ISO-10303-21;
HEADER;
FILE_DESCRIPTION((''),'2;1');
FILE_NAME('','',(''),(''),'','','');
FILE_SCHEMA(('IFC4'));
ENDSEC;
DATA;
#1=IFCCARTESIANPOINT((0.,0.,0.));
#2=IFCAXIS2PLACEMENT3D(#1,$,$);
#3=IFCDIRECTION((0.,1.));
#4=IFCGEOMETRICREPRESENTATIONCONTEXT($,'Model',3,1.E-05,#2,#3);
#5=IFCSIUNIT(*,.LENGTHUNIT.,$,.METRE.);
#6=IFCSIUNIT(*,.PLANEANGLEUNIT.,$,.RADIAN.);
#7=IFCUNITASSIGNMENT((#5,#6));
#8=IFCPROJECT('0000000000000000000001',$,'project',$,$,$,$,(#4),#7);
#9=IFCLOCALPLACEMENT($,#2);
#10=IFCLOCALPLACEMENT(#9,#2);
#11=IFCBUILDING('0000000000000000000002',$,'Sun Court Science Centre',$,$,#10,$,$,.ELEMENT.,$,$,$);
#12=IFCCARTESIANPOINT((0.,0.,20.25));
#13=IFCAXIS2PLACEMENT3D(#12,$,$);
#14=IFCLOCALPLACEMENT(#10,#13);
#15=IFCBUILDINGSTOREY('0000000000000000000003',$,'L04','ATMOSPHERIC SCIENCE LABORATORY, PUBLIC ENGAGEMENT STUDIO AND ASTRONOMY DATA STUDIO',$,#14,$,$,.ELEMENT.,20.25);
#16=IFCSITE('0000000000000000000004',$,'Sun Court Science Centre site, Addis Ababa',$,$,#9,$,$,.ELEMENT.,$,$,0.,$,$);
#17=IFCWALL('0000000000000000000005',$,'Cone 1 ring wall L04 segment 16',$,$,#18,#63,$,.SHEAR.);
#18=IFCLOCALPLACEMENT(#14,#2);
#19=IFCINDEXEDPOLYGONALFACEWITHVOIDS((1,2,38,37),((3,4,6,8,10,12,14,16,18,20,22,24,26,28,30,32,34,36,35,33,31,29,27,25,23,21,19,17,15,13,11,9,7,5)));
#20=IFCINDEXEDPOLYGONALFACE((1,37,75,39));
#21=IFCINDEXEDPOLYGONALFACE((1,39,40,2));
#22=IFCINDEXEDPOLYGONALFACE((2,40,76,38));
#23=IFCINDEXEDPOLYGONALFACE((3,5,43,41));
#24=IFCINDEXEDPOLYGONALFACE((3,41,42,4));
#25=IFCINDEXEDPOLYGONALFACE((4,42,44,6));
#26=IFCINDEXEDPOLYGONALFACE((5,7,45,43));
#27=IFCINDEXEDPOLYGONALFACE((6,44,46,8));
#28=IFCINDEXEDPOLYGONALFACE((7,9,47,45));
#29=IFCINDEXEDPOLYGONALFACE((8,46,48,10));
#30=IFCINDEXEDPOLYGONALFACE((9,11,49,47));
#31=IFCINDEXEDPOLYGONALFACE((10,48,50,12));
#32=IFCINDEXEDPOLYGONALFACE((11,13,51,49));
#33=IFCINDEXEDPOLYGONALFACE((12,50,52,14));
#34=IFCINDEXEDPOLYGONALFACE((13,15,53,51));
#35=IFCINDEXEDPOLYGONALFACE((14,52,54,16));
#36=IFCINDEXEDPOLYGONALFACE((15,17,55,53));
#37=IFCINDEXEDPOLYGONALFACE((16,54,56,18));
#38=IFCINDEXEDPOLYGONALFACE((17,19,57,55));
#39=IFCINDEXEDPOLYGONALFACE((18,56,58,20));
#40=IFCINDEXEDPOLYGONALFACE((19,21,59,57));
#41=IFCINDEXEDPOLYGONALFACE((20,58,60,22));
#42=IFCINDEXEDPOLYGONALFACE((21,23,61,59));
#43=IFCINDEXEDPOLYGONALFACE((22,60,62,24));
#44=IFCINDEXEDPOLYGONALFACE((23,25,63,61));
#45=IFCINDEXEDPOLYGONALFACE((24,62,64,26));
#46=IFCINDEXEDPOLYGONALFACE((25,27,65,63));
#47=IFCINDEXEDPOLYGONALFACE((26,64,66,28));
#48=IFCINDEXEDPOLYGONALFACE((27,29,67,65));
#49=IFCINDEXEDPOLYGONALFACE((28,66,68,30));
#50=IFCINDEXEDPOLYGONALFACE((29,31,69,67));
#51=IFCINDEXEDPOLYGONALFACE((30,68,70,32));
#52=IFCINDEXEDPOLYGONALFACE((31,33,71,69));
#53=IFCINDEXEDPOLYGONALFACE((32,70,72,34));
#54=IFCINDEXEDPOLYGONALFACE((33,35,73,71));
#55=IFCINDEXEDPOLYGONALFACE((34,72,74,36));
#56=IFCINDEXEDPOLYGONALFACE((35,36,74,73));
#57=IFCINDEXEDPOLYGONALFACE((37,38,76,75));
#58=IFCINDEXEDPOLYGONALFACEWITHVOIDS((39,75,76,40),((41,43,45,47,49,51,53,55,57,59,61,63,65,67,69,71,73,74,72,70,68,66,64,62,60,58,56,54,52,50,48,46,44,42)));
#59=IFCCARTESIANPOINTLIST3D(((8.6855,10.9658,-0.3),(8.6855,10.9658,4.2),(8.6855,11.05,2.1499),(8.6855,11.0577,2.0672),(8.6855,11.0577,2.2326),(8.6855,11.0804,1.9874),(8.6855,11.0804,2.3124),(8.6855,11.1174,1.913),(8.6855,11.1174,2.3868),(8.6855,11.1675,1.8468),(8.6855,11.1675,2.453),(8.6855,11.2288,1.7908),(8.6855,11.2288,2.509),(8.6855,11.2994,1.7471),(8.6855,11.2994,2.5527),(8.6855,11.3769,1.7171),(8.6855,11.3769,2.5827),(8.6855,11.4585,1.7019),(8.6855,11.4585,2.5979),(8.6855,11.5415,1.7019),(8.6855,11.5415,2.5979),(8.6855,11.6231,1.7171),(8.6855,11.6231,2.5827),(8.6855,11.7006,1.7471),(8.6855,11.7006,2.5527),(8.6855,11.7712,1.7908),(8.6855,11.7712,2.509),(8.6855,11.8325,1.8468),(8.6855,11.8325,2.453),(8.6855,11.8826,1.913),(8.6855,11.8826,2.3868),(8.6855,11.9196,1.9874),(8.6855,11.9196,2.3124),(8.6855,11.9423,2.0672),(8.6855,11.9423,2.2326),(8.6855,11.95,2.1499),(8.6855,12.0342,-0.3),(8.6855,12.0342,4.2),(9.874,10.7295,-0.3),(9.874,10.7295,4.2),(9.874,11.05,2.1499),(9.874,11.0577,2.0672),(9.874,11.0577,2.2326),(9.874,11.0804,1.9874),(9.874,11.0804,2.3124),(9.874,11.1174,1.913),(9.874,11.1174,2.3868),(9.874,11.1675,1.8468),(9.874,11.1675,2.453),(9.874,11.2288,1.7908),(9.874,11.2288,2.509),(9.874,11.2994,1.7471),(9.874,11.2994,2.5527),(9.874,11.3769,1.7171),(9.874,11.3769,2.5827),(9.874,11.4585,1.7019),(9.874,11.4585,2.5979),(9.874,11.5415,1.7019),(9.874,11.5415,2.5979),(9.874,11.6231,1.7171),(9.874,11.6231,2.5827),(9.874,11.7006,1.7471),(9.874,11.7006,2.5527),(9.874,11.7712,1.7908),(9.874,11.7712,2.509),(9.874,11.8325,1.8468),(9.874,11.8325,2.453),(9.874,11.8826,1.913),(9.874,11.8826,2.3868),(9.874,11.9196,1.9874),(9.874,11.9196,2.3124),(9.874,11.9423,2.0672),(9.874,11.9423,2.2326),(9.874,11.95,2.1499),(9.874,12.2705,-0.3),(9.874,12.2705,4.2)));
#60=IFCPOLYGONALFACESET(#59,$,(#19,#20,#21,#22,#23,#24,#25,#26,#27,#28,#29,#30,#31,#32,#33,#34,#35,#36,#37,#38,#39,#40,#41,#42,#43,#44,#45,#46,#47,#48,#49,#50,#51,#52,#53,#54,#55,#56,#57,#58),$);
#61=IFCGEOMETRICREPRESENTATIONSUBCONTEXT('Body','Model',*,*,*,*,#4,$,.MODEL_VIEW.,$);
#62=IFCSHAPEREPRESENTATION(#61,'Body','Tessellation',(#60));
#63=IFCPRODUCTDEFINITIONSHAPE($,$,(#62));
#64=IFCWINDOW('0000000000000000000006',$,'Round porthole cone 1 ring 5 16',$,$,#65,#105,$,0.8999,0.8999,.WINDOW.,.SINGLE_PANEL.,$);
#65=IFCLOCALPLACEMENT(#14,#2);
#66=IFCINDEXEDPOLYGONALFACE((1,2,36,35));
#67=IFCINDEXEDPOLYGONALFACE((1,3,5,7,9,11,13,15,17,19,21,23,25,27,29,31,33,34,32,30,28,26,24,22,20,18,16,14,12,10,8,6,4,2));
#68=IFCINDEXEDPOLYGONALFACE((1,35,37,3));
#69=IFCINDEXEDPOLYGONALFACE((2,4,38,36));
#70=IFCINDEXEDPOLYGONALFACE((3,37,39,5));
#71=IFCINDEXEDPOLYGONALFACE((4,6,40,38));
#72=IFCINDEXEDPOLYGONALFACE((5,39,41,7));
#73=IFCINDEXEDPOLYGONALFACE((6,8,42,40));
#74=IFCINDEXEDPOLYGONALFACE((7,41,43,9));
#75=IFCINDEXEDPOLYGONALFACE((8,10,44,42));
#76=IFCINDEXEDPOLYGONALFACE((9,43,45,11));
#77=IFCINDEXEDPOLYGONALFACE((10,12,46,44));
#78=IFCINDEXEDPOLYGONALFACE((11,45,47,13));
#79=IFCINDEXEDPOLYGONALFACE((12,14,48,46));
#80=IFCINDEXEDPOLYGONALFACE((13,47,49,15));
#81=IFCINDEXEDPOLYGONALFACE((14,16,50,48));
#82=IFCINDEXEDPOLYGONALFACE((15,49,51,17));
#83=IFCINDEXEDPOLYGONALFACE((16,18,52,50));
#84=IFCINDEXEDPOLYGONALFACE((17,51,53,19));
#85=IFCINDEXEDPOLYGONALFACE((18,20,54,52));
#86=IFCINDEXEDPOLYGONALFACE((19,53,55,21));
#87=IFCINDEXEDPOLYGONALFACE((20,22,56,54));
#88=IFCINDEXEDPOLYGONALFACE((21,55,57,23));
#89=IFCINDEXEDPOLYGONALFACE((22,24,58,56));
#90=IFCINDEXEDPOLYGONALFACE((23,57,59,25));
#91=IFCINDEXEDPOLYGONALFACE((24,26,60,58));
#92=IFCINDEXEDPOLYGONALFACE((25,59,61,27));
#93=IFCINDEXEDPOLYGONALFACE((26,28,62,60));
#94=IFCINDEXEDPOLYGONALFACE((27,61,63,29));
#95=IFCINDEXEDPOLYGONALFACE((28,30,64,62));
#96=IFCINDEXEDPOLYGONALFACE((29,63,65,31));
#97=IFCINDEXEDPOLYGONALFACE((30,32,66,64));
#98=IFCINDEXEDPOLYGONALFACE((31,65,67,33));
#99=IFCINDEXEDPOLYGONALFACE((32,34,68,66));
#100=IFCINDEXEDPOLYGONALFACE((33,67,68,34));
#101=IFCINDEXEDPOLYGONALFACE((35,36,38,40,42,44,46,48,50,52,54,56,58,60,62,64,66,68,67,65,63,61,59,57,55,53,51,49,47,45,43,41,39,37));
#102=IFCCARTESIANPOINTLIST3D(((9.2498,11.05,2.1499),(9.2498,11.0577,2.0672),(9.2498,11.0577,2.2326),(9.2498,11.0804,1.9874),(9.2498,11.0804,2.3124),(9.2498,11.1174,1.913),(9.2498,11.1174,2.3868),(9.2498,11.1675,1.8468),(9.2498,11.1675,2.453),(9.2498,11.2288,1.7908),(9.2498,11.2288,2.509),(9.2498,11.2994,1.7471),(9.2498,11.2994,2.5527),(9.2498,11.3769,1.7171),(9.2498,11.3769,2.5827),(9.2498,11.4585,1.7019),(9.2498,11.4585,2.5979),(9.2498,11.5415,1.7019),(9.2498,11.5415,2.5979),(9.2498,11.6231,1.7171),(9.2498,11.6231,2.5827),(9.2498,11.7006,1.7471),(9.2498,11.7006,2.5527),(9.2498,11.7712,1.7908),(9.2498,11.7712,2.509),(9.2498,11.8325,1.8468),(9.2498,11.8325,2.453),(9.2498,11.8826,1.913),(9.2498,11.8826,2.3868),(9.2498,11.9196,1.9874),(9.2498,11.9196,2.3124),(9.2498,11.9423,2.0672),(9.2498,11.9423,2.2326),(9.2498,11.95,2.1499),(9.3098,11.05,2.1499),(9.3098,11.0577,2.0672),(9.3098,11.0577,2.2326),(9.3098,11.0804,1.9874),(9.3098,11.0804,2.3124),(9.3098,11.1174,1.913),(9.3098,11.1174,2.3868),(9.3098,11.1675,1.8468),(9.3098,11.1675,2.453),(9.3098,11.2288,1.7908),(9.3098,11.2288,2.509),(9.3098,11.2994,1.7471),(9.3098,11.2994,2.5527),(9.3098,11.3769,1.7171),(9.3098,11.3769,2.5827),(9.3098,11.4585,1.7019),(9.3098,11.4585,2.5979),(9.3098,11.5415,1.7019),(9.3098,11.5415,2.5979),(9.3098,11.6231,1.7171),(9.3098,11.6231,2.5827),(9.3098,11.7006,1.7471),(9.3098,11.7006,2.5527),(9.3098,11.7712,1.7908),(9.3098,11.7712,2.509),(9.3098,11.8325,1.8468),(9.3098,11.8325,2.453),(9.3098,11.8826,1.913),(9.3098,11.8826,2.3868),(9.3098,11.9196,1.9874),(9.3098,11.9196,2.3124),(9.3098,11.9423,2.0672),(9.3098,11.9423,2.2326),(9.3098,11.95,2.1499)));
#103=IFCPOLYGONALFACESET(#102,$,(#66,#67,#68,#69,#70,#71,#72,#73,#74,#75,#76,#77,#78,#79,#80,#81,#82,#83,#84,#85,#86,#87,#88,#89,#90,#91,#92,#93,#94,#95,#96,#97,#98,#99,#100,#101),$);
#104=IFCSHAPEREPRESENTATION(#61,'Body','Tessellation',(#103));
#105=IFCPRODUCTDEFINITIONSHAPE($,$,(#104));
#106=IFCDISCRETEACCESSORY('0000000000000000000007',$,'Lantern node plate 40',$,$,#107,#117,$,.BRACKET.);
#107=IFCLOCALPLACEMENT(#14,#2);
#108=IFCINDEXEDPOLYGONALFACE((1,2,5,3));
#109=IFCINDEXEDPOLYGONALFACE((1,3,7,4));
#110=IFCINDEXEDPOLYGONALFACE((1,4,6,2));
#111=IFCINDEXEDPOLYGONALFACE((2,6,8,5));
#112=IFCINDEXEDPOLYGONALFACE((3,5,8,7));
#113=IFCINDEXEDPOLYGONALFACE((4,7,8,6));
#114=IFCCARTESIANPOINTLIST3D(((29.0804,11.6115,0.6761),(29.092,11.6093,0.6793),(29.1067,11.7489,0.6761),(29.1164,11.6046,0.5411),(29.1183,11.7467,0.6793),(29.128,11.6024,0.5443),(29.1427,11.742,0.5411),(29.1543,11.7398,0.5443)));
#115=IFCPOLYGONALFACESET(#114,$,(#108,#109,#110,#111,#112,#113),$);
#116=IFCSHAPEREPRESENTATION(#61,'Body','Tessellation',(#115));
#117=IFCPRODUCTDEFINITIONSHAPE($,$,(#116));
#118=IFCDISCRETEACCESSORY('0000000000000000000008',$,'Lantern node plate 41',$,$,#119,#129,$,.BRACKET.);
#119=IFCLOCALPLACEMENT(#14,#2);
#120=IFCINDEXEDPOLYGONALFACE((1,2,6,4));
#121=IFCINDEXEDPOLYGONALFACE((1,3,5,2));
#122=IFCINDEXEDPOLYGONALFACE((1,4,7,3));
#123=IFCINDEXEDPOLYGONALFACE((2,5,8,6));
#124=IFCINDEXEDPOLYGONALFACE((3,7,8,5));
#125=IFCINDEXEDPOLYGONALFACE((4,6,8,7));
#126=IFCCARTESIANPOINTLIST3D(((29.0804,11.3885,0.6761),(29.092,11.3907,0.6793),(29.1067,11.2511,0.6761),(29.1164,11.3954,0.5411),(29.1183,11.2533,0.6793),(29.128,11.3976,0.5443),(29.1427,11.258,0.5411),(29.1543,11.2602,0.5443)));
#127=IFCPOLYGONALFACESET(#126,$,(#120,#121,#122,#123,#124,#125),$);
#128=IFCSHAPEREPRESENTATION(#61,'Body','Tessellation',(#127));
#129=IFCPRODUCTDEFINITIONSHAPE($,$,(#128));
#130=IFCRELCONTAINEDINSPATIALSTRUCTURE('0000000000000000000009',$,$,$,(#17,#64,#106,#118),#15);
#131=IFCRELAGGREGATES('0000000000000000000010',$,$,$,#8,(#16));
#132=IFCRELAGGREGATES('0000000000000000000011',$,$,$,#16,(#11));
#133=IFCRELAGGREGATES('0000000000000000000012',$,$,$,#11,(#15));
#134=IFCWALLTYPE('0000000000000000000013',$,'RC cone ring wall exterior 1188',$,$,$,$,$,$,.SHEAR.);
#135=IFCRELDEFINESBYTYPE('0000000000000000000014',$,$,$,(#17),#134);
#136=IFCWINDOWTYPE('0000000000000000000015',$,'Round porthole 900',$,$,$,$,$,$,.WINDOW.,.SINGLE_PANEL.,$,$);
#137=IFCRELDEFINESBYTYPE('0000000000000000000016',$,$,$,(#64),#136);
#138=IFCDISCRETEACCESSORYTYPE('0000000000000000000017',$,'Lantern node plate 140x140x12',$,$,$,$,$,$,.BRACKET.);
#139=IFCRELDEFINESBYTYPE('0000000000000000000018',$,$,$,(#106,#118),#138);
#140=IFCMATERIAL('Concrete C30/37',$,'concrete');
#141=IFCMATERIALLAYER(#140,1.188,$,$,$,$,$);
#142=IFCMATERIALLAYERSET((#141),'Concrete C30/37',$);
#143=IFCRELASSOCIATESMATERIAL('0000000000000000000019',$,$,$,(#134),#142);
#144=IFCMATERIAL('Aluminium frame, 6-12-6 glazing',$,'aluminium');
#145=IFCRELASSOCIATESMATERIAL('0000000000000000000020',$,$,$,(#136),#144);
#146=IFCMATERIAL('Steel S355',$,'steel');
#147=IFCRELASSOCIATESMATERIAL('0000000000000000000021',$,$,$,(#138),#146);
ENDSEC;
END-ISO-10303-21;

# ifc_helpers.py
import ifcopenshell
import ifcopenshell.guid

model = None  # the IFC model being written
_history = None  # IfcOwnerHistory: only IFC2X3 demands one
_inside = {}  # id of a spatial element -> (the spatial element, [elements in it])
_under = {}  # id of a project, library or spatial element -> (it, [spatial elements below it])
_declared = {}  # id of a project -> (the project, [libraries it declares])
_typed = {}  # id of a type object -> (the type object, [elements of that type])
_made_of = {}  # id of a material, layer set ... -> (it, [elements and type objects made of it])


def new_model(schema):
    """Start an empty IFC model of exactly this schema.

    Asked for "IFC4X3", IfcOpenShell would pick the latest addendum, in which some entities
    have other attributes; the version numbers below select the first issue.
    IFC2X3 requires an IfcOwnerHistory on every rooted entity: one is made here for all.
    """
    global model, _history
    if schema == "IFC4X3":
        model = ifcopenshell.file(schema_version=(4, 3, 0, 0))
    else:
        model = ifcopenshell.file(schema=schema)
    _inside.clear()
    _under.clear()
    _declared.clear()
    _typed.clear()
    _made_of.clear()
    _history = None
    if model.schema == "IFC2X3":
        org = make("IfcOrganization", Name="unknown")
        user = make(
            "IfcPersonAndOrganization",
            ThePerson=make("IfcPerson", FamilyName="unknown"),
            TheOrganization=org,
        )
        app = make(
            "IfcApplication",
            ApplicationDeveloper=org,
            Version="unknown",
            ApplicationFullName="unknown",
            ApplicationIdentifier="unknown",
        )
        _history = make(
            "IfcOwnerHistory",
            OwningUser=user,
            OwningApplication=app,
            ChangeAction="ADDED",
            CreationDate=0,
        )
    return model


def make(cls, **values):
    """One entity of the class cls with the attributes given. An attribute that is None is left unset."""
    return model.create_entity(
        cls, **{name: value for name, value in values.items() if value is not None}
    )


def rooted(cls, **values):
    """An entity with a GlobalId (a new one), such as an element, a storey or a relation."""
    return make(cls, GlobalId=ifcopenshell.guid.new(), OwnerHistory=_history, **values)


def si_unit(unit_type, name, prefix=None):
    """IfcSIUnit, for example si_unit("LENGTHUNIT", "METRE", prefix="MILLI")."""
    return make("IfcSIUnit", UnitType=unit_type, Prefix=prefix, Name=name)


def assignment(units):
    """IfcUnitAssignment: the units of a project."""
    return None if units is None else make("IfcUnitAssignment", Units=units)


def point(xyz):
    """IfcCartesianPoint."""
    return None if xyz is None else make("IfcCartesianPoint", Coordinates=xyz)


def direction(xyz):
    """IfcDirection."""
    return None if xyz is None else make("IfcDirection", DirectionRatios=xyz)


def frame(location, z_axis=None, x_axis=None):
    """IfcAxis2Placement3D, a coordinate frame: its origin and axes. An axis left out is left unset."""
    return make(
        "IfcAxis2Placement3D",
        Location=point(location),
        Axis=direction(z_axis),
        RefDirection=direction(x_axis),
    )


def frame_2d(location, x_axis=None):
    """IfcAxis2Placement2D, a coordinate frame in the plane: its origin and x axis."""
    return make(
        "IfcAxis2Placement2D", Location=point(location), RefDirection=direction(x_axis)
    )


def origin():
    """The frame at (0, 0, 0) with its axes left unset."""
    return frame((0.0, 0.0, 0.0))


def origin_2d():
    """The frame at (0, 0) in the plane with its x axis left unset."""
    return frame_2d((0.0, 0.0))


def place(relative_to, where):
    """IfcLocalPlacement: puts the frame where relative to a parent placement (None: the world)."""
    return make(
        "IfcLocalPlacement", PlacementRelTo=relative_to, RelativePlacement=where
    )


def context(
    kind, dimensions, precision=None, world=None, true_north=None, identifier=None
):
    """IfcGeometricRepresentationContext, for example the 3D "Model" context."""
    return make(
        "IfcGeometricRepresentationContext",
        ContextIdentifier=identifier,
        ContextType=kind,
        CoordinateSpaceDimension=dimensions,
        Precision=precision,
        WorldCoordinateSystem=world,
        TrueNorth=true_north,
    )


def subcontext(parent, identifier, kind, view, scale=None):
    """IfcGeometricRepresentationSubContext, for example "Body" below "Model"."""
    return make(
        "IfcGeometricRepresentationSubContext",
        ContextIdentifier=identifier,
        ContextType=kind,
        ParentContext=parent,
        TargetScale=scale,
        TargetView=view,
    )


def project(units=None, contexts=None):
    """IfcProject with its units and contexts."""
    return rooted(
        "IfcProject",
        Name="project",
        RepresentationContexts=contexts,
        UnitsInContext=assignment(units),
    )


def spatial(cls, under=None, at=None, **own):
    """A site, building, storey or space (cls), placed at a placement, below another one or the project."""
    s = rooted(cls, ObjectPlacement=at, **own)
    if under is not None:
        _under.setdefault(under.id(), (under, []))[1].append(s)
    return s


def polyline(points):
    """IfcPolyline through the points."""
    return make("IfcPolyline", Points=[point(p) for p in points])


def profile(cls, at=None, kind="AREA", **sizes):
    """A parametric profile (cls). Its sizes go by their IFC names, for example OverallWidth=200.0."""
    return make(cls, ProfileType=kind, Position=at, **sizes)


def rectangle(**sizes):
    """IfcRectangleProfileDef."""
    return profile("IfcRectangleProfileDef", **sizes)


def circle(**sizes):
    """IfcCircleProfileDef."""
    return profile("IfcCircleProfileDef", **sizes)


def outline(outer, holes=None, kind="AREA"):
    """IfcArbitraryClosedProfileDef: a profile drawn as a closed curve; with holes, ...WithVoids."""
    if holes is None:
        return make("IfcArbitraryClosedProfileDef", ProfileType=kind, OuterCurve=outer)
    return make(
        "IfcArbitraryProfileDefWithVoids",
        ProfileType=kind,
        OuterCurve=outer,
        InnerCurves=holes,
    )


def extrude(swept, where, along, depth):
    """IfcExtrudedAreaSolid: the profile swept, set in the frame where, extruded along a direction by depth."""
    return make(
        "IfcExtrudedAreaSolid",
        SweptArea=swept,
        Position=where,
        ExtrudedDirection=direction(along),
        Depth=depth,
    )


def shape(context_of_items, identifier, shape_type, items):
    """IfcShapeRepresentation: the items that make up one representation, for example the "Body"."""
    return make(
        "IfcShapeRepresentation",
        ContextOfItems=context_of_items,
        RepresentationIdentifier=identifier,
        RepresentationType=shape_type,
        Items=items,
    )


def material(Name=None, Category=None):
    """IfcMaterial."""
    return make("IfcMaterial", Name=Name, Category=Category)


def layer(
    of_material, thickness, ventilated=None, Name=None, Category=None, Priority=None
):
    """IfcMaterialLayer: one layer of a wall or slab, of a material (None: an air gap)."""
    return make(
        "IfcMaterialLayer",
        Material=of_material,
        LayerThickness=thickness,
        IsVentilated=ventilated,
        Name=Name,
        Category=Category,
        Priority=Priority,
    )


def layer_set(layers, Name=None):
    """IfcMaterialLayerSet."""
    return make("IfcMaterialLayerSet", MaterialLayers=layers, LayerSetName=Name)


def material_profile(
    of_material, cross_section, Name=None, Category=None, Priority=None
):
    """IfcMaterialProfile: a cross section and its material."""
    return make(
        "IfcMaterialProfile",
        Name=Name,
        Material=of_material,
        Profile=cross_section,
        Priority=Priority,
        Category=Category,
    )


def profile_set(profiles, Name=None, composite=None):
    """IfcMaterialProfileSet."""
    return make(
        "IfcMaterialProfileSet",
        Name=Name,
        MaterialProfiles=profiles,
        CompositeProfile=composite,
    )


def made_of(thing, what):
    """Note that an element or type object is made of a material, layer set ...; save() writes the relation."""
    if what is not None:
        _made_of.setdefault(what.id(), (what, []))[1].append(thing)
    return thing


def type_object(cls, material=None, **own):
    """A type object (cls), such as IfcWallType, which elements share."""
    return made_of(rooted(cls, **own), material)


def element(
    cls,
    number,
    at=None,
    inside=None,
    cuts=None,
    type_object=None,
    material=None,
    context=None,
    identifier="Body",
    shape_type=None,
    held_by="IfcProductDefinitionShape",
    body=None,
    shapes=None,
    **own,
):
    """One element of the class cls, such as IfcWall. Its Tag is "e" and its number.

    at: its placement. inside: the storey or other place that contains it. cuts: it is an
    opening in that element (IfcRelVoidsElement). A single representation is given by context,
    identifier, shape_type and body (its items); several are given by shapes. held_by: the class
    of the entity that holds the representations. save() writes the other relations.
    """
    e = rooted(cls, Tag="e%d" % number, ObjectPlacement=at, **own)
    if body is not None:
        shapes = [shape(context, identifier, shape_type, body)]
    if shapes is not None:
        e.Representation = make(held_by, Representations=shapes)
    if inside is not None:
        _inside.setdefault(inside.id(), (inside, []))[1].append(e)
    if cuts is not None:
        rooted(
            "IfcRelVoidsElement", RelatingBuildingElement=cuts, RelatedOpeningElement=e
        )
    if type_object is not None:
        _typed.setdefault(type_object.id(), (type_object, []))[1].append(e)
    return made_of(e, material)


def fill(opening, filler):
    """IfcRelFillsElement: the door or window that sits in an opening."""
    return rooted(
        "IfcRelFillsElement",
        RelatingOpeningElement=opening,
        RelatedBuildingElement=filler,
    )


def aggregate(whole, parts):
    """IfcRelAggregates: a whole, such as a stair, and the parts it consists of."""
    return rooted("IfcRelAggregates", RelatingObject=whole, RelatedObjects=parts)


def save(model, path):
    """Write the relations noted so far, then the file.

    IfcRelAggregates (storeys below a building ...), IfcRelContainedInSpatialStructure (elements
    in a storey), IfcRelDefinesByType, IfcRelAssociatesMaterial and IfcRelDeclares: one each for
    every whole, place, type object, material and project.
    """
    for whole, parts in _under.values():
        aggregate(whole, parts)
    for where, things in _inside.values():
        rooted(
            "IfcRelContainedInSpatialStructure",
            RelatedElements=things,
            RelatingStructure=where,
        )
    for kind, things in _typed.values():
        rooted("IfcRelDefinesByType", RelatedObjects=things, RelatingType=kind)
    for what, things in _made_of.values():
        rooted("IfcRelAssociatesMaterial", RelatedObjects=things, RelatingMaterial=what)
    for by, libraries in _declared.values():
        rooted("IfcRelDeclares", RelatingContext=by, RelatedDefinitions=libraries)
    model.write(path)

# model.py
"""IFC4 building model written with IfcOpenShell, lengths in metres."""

from ifc_helpers import new_model, si_unit, direction, frame, frame_2d, origin, origin_2d, place, context, subcontext, project, spatial, polyline, rectangle, circle, outline, extrude, material, layer, layer_set, material_profile, profile_set, type_object, element, fill, save


model = new_model("IFC4")

# Units and contexts
model_context = context("Model", 3, precision=1e-05, world=origin(), true_north=direction((0.0, 1.0)))
body_context = subcontext(model_context, "Body", "Model", "MODEL_VIEW")
ifc_project = project(units=[si_unit("LENGTHUNIT", "METRE"), si_unit("PLANEANGLEUNIT", "RADIAN")], contexts=[model_context])

# Site, building, storey
site_placement = place(None, origin())
site = spatial("IfcSite", under=ifc_project, at=site_placement, Name="Sun Court Science Centre site, Addis Ababa", CompositionType="ELEMENT", RefElevation=0.0)
building_placement = place(site_placement, origin())
building = spatial("IfcBuilding", under=site, at=building_placement, Name="Sun Court Science Centre", CompositionType="ELEMENT")
storey_placement = place(building_placement, frame((0.0, 0.0, 20.25)))
storey = spatial("IfcBuildingStorey", under=building, at=storey_placement, Name="L04", Description="ATMOSPHERIC SCIENCE LABORATORY, PUBLIC ENGAGEMENT STUDIO AND ASTRONOMY DATA STUDIO", CompositionType="ELEMENT", Elevation=20.25)

# Wall, opening, window
ifc_material_1 = material(Name="Concrete C30/37", Category="concrete")
ifc_layer_1 = layer(ifc_material_1, 1.188)
ifc_layer_set_1 = layer_set([ifc_layer_1], Name="Concrete C30/37")
wall_type = type_object("IfcWallType", Name="RC cone ring wall exterior 1188", PredefinedType="SHEAR", material=ifc_layer_set_1)
wall_placement = place(storey_placement, frame((9.2798, 10.7295, -0.3), z_axis=(0.0, 0.0, 1.0), x_axis=(0.0, 1.0, 0.0)))
wall = element("IfcWall", 1, at=wall_placement, inside=storey, type_object=wall_type, Name="Cone 1 ring wall L04 segment 16", PredefinedType="SHEAR", context=body_context, shape_type="SweptSolid", body=[
    extrude(outline(polyline([(0.0, -0.5942), (1.541, -0.5942), (1.3047, 0.5942), (0.2363, 0.5942), (0.0, -0.5942)])), origin(), (0.0, 0.0, 1.0), 4.5),
])
opening_placement = place(wall_placement, frame((0.3206, 0.0, 2.0)))
opening = element("IfcOpeningElement", 2, at=opening_placement, cuts=wall, PredefinedType="OPENING", context=body_context, shape_type="SweptSolid", body=[
    extrude(circle(Radius=0.45, at=frame_2d((0.45, 0.45))), frame((0.0, 0.6042, 0.0), z_axis=(0.0, -1.0, 0.0), x_axis=(1.0, 0.0, 0.0)), (0.0, 0.0, 1.0), 1.2085),
])
ifc_material_2 = material(Name="Aluminium frame, 6-12-6 glazing", Category="aluminium")
window_type = type_object("IfcWindowType", Name="Round porthole 900", PartitioningType="SINGLE_PANEL", PredefinedType="WINDOW", material=ifc_material_2)
window_placement = place(opening_placement, origin())
window = element("IfcWindow", 3, at=window_placement, inside=storey, type_object=window_type, Name="Round porthole cone 1 ring 5 16", OverallHeight=0.8999, OverallWidth=0.8999, PartitioningType="SINGLE_PANEL", PredefinedType="WINDOW", context=body_context, shape_type="SweptSolid", body=[
    extrude(circle(Radius=0.45, at=frame_2d((0.45, 0.45))), frame((0.0, 0.03, 0.0), z_axis=(0.0, -1.0, 0.0), x_axis=(1.0, 0.0, 0.0)), (0.0, 0.0, 1.0), 0.0601),
])
fill(opening, window)

# Discrete accessories
ifc_material_3 = material(Name="Steel S355", Category="steel")
ifc_material_profile_1 = material_profile(ifc_material_3, rectangle(XDim=0.1399, YDim=0.1399, at=origin_2d()), Name="PL 140x140")
ifc_profile_set_1 = profile_set([ifc_material_profile_1], Name="Steel S355")
discrete_accessory_type = type_object("IfcDiscreteAccessoryType", Name="Lantern node plate 140x140x12", PredefinedType="BRACKET", material=ifc_profile_set_1)
for number, where, z_axis, x_axis, name in (
    (4, (29.1116, 11.6768, 0.6086), (0.947804, -0.181494, 0.262159), (0.188072, 0.982155, 0.0), "Lantern node plate 40"),
    (5, (29.1116, 11.3232, 0.6086), (0.947804, 0.181494, 0.262159), (-0.188072, 0.982155, 0.0), "Lantern node plate 41"),
):
    element("IfcDiscreteAccessory", number, at=place(storey_placement, frame(where, z_axis=z_axis, x_axis=x_axis)), inside=storey, type_object=discrete_accessory_type, Name=name, PredefinedType="BRACKET", context=body_context, shape_type="SweptSolid", body=[
        extrude(rectangle(XDim=0.1399, YDim=0.1399, at=origin_2d()), origin(), (0.0, 0.0, 1.0), 0.0122),
    ])

save(model, "model.ifc")
